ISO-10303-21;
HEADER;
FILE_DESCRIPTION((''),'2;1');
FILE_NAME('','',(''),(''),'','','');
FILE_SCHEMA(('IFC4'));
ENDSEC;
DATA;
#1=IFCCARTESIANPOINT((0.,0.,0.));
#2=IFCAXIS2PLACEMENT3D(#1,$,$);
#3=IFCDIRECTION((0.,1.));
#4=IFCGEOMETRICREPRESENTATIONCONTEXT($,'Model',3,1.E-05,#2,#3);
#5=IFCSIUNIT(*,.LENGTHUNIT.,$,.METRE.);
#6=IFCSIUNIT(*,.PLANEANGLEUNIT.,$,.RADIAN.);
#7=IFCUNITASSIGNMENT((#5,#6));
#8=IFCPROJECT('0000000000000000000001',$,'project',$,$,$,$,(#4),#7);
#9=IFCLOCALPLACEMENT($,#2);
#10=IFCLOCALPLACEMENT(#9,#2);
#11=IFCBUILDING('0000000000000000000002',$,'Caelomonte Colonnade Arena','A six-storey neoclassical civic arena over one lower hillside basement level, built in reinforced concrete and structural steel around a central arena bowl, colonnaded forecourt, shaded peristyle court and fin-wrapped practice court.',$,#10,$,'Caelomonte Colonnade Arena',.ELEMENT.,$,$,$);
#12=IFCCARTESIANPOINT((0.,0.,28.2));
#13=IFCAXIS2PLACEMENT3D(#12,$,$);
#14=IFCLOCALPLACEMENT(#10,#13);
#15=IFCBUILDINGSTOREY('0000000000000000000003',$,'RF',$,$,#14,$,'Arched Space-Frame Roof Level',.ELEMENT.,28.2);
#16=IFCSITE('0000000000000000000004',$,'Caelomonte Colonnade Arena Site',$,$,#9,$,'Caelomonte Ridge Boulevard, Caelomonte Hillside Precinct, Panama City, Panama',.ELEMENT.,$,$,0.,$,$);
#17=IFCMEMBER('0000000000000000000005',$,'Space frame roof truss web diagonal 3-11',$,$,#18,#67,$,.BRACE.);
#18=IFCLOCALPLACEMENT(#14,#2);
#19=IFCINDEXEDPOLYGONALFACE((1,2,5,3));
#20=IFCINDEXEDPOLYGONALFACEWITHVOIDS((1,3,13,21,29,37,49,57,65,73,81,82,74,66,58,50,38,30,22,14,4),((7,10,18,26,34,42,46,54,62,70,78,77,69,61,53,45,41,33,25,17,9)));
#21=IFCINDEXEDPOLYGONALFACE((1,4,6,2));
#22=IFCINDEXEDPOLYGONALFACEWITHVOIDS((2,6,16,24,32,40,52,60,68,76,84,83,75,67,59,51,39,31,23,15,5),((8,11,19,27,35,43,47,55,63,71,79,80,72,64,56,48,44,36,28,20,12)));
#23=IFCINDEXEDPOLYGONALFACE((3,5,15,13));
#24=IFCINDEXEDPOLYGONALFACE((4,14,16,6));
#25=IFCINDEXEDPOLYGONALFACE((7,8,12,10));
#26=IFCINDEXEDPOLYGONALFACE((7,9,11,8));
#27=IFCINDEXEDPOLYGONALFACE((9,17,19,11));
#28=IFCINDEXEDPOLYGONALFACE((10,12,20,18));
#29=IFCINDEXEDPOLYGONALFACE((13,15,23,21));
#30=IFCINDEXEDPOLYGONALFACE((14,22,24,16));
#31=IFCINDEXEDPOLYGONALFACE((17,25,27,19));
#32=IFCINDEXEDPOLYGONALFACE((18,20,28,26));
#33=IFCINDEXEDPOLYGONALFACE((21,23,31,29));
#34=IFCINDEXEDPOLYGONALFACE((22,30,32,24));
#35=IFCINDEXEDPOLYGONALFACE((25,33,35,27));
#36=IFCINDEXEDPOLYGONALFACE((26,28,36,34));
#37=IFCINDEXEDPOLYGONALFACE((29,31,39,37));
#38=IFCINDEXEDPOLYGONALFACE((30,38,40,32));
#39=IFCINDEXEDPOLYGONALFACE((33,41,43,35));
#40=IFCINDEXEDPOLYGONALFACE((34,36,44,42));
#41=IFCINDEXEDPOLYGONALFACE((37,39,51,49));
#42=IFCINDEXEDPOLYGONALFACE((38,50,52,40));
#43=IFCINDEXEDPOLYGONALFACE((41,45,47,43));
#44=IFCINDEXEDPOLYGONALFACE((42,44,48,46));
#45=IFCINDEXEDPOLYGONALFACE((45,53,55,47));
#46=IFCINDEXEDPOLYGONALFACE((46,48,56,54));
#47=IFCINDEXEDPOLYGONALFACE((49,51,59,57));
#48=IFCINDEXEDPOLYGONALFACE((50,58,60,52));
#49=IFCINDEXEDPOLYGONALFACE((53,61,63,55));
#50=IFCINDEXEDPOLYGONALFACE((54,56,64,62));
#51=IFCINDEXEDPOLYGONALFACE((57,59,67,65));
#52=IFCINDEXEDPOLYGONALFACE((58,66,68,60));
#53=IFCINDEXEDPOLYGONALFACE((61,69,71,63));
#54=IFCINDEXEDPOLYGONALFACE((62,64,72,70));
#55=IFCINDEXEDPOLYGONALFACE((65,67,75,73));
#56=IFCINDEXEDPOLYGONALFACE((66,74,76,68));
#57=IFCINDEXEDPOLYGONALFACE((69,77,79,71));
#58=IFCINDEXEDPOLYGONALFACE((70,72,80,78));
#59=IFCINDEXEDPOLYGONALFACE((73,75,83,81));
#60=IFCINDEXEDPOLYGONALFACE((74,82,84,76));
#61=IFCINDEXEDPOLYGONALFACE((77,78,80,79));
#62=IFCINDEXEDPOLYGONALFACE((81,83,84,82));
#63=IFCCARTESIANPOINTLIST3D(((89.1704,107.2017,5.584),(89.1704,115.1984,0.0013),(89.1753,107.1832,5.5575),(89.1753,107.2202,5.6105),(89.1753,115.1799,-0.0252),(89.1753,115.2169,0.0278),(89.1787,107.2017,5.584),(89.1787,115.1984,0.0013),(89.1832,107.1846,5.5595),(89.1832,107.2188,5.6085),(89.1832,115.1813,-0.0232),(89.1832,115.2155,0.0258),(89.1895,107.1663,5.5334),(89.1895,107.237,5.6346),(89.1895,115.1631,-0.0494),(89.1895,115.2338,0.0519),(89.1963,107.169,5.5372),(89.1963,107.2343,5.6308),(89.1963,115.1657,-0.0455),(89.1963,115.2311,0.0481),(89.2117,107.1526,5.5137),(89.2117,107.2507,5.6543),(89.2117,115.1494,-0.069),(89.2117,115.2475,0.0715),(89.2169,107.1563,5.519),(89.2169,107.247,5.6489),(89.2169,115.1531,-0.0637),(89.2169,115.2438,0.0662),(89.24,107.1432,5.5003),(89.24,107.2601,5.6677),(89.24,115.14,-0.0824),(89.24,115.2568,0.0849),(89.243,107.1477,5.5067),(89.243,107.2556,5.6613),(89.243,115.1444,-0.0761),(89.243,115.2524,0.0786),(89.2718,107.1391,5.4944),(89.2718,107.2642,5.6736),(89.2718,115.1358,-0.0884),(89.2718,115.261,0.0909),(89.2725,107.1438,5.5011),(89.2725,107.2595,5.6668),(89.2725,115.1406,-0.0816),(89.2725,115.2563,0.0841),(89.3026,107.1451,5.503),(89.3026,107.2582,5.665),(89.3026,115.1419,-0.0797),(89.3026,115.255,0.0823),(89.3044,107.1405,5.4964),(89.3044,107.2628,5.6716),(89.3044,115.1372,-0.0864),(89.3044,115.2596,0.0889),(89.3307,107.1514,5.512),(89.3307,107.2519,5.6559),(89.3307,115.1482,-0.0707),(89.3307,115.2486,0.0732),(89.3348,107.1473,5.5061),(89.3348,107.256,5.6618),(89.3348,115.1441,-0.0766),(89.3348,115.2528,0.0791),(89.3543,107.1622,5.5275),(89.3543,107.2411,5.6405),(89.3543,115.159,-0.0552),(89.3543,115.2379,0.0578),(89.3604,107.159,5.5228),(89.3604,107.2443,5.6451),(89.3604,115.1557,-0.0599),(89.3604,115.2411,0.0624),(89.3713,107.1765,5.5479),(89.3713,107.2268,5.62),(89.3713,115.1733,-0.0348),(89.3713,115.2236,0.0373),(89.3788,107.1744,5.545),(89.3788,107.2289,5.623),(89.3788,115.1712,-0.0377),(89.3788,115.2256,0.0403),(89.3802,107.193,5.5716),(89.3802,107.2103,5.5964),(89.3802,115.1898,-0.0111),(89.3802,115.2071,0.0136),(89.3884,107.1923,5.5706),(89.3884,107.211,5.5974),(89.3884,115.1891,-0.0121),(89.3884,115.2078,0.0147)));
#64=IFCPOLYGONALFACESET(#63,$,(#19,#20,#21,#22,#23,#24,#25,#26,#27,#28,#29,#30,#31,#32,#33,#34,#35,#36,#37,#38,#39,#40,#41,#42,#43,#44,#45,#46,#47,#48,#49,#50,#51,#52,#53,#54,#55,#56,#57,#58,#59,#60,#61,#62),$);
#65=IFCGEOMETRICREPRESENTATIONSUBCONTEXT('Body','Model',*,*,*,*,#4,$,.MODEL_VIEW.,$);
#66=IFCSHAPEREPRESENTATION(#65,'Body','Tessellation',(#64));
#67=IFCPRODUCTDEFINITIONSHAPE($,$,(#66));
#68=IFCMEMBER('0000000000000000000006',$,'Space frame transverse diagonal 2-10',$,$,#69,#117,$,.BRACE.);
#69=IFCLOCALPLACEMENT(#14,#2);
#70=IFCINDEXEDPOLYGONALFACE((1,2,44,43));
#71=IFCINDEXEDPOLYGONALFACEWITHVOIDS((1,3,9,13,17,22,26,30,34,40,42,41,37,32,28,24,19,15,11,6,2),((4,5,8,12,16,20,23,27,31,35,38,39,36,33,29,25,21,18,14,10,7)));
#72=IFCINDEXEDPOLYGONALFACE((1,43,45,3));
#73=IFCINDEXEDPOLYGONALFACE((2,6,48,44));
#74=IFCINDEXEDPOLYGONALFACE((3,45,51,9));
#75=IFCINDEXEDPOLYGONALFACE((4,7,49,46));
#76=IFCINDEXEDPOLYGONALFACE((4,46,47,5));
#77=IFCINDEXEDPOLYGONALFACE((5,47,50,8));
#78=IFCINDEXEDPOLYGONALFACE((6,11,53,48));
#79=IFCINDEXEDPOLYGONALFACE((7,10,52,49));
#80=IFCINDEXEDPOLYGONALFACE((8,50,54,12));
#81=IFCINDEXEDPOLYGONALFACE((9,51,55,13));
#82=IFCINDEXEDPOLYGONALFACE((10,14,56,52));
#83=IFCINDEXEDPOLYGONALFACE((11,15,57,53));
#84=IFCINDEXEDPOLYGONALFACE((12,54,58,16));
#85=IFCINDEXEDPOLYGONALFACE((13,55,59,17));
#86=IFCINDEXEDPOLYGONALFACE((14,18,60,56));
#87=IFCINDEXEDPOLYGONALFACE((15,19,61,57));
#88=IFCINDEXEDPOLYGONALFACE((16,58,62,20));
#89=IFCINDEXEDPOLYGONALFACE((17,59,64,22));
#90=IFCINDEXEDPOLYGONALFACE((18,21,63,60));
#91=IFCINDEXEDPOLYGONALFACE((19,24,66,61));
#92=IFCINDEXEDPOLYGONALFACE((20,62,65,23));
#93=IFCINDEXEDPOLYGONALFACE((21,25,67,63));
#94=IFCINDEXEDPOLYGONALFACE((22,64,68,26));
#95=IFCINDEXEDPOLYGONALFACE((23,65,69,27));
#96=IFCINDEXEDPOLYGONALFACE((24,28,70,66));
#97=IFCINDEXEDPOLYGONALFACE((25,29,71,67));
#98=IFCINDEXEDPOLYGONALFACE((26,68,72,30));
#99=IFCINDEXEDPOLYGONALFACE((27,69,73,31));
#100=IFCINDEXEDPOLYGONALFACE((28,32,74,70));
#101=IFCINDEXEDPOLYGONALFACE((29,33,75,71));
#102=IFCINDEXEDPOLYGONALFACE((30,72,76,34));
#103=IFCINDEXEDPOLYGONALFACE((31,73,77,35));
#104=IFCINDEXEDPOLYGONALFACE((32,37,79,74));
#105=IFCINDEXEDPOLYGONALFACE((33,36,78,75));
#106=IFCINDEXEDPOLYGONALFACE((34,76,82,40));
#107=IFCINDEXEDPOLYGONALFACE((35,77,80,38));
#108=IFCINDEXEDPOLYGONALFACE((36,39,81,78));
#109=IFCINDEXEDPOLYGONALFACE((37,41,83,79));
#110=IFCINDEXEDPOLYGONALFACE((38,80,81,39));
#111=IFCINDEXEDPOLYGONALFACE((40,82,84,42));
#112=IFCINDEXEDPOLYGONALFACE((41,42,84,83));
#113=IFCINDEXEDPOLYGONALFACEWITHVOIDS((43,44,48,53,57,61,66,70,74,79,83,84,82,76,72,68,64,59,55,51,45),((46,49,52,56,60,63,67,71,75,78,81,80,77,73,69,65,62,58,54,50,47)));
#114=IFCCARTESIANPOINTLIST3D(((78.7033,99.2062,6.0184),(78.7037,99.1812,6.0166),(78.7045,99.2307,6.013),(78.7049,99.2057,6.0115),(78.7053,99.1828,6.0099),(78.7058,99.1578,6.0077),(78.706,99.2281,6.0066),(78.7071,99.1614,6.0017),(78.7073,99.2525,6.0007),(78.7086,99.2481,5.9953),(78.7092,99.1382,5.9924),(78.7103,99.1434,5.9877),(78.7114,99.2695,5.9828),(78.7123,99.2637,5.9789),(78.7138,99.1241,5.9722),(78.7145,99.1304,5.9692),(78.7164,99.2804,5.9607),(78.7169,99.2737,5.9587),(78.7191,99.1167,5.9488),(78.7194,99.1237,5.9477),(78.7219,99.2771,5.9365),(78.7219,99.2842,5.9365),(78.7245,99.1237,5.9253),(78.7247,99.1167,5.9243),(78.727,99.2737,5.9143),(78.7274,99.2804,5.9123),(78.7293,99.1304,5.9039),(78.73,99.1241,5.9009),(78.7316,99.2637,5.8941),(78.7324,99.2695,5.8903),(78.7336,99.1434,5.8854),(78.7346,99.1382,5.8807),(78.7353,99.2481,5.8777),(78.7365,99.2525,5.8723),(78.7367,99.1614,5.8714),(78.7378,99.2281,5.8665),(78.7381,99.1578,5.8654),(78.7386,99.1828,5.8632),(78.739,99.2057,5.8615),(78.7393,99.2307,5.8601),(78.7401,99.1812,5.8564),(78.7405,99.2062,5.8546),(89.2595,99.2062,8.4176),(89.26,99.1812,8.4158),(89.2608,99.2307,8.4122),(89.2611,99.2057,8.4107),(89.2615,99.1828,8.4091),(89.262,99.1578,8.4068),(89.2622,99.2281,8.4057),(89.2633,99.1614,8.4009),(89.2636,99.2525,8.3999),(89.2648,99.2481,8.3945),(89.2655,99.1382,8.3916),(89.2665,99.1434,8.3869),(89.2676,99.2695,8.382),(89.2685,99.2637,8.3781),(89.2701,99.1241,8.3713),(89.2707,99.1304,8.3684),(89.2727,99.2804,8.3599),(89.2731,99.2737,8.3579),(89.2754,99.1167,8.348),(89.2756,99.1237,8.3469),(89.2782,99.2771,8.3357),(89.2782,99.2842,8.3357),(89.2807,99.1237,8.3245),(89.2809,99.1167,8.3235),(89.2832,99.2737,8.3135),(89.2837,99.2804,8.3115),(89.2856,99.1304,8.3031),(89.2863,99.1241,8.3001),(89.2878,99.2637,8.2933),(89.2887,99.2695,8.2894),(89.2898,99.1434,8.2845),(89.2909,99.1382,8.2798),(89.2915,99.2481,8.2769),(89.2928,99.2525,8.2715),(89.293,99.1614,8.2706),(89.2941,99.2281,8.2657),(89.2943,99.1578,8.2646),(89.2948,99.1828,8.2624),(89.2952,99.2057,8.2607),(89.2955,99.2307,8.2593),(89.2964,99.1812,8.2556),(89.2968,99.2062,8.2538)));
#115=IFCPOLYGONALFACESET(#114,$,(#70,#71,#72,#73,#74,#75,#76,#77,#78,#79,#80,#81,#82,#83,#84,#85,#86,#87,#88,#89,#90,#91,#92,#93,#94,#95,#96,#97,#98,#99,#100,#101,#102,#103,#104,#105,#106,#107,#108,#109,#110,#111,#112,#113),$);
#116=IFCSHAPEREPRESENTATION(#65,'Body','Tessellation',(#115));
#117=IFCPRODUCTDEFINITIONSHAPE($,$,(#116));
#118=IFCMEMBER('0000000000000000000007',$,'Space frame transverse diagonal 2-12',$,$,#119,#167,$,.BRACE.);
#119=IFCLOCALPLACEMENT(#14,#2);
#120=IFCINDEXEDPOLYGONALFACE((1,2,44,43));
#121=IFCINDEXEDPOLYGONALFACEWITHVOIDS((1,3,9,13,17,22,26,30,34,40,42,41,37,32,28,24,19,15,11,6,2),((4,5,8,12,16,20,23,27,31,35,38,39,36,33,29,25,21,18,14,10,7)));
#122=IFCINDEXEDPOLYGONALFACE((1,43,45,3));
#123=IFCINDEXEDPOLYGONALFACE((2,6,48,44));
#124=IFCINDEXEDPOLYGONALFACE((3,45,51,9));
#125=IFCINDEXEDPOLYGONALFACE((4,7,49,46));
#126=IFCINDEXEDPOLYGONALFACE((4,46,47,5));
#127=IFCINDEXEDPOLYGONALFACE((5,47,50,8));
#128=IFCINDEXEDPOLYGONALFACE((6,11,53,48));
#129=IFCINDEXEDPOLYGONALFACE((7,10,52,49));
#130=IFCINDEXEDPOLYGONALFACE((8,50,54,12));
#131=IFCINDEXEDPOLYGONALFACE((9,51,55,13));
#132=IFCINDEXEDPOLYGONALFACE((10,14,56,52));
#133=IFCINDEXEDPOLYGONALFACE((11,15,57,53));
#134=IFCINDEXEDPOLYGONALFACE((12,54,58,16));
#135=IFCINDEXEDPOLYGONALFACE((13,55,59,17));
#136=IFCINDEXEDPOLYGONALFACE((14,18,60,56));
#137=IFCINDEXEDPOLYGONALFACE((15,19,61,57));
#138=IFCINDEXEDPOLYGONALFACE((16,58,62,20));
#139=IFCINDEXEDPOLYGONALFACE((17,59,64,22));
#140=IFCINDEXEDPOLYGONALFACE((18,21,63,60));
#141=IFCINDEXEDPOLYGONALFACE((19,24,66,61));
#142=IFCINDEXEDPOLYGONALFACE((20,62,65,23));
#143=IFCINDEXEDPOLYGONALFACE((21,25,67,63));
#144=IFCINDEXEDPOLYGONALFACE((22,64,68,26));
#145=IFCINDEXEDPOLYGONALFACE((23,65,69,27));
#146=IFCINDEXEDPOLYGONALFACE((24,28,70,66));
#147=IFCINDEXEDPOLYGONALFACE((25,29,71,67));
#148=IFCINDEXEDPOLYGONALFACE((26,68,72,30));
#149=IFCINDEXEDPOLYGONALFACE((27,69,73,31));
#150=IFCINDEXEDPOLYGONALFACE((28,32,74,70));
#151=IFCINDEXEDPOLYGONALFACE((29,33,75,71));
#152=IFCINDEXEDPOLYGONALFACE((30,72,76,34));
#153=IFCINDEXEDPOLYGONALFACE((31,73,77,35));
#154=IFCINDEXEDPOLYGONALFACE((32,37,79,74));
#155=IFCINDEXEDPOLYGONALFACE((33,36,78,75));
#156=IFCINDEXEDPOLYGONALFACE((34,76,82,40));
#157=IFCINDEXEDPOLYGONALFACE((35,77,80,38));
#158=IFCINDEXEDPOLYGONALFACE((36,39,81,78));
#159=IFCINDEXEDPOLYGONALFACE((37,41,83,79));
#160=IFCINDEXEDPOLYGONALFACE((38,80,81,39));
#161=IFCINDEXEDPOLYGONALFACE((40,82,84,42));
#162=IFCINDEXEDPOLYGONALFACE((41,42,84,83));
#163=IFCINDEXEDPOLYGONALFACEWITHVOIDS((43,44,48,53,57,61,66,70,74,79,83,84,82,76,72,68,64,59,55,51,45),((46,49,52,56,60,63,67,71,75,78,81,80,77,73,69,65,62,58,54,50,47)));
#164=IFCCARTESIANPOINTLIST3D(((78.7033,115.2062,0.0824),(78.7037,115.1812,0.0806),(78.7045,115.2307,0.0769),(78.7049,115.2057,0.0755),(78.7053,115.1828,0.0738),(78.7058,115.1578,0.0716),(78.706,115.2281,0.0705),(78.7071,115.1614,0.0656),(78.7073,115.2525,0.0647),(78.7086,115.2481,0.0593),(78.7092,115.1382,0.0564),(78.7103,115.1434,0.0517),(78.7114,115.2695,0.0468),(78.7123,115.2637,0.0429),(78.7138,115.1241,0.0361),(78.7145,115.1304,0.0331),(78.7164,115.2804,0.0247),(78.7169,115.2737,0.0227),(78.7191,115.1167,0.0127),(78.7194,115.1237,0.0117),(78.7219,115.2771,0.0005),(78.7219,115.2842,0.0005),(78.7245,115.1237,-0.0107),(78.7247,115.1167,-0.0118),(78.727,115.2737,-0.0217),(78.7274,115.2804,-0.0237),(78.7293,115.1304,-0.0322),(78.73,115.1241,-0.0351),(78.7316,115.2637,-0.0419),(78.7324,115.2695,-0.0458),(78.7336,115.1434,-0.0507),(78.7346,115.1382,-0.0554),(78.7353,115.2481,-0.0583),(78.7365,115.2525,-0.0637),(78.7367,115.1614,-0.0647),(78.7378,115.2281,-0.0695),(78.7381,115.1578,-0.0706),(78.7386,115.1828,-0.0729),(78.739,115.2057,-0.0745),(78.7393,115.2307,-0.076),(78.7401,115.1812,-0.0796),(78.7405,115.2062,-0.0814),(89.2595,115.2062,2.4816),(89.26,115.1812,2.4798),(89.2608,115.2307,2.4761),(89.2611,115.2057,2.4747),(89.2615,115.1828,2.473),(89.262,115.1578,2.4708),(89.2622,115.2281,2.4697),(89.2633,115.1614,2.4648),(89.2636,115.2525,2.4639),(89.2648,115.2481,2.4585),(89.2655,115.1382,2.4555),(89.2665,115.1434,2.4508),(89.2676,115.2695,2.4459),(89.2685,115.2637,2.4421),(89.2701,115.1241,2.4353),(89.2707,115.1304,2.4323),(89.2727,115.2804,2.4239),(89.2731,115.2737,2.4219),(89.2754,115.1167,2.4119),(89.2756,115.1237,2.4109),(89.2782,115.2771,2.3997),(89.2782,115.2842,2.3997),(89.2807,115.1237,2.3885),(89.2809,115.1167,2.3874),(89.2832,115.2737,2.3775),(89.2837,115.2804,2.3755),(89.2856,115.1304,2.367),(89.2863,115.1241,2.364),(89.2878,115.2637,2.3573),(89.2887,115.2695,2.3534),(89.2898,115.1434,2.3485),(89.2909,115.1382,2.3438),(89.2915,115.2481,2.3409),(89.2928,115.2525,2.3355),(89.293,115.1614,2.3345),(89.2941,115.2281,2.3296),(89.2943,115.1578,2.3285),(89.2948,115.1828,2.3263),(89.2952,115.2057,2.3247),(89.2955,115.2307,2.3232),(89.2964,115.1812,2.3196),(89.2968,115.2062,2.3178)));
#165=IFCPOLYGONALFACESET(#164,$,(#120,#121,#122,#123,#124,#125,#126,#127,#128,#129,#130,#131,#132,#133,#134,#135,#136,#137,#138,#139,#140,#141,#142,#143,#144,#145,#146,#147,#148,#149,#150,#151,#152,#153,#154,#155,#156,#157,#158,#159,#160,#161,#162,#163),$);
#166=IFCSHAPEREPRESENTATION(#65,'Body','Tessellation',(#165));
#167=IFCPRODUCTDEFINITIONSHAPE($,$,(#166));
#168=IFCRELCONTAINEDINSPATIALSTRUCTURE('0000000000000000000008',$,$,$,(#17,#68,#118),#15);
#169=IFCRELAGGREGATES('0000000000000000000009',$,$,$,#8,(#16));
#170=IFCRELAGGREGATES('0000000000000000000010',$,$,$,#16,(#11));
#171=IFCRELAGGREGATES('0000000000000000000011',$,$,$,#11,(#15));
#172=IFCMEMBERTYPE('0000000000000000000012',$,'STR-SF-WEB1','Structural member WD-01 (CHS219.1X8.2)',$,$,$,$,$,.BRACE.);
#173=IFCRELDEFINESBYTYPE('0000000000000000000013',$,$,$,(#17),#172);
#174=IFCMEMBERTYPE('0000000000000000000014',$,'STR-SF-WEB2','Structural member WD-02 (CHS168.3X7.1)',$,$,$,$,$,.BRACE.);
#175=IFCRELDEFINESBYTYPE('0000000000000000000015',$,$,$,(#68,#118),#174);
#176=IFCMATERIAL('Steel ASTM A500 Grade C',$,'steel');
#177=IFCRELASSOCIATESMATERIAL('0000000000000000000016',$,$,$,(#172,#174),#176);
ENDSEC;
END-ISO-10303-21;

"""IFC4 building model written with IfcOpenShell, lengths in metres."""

from ifc_helpers import new_model, si_unit, direction, frame, origin, origin_2d, place, context, subcontext, project, spatial, hollow_circle, extrude, material, material_profile, profile_set, type_object, element, save


model = new_model("IFC4")

# Units and contexts
model_context = context("Model", 3, precision=1e-05, world=origin(), true_north=direction((0.0, 1.0)))
body_context = subcontext(model_context, "Body", "Model", "MODEL_VIEW")
ifc_project = project(units=[si_unit("LENGTHUNIT", "METRE"), si_unit("PLANEANGLEUNIT", "RADIAN")], contexts=[model_context])

# Site, building, storey
site_placement = place(None, origin())
site = spatial("IfcSite", under=ifc_project, at=site_placement, Name="Caelomonte Colonnade Arena Site", LongName="Caelomonte Ridge Boulevard, Caelomonte Hillside Precinct, Panama City, Panama", CompositionType="ELEMENT", RefElevation=0.0)
building_placement = place(site_placement, origin())
building = spatial("IfcBuilding", under=site, at=building_placement, Name="Caelomonte Colonnade Arena", Description="A six-storey neoclassical civic arena over one lower hillside basement level, built in reinforced concrete and structural steel around a central arena bowl, colonnaded forecourt, shaded peristyle court and fin-wrapped practice court.", LongName="Caelomonte Colonnade Arena", CompositionType="ELEMENT")
storey_placement = place(building_placement, frame((0.0, 0.0, 28.2)))
storey = spatial("IfcBuildingStorey", under=building, at=storey_placement, Name="RF", LongName="Arched Space-Frame Roof Level", CompositionType="ELEMENT", Elevation=28.2)

# Members
ifc_material_1 = material(Name="Steel ASTM A500 Grade C", Category="steel")
ifc_material_profile_1 = material_profile(ifc_material_1, hollow_circle(Radius=0.1096, WallThickness=0.0083, at=origin_2d()), Name="CHS219.1X8.2")
ifc_profile_set_1 = profile_set([ifc_material_profile_1], Name="Steel ASTM A500 Grade C")
member_type_1 = type_object("IfcMemberType", Name="STR-SF-WEB1", Description="Structural member WD-01 (CHS219.1X8.2)", PredefinedType="BRACE", material=ifc_profile_set_1)
member_1_placement = place(storey_placement, frame((89.28, 107.2017, 5.584), z_axis=(0.0, 0.819955, -0.572429), x_axis=(-1.0, 0.0, 0.0)))
element("IfcMember", 1, at=member_1_placement, inside=storey, type_object=member_type_1, Name="Space frame roof truss web diagonal 3-11", PredefinedType="BRACE", context=body_context, shape_type="SweptSolid", body=[
    extrude(hollow_circle(Radius=0.1096, WallThickness=0.0083, at=origin_2d()), origin(), (0.0, 0.0, 1.0), 9.7527),
])
ifc_material_profile_2 = material_profile(ifc_material_1, hollow_circle(Radius=0.0842, WallThickness=0.0071, at=origin_2d()), Name="CHS168.3X7.1")
ifc_profile_set_2 = profile_set([ifc_material_profile_2], Name="Steel ASTM A500 Grade C")
member_type_2 = type_object("IfcMemberType", Name="STR-SF-WEB2", Description="Structural member WD-02 (CHS168.3X7.1)", PredefinedType="BRACE", material=ifc_profile_set_2)
for number, where, z_axis, x_axis, name in (
    (2, (78.7219, 99.2, 5.9365), (0.975132, 0.0, 0.221625), (0.0, 1.0, 0.0), "Space frame transverse diagonal 2-10"),
    (3, (78.7219, 115.2, 0.0005), (0.975132, 0.0, 0.221625), (0.0, 1.0, 0.0), "Space frame transverse diagonal 2-12"),
):
    element("IfcMember", number, at=place(storey_placement, frame(where, z_axis=z_axis, x_axis=x_axis)), inside=storey, type_object=member_type_2, Name=name, PredefinedType="BRACE", context=body_context, shape_type="SweptSolid", body=[
        extrude(hollow_circle(Radius=0.0842, WallThickness=0.0071, at=origin_2d()), origin(), (0.0, 0.0, 1.0), 10.8254),
    ])

save(model, "model.ifc")
